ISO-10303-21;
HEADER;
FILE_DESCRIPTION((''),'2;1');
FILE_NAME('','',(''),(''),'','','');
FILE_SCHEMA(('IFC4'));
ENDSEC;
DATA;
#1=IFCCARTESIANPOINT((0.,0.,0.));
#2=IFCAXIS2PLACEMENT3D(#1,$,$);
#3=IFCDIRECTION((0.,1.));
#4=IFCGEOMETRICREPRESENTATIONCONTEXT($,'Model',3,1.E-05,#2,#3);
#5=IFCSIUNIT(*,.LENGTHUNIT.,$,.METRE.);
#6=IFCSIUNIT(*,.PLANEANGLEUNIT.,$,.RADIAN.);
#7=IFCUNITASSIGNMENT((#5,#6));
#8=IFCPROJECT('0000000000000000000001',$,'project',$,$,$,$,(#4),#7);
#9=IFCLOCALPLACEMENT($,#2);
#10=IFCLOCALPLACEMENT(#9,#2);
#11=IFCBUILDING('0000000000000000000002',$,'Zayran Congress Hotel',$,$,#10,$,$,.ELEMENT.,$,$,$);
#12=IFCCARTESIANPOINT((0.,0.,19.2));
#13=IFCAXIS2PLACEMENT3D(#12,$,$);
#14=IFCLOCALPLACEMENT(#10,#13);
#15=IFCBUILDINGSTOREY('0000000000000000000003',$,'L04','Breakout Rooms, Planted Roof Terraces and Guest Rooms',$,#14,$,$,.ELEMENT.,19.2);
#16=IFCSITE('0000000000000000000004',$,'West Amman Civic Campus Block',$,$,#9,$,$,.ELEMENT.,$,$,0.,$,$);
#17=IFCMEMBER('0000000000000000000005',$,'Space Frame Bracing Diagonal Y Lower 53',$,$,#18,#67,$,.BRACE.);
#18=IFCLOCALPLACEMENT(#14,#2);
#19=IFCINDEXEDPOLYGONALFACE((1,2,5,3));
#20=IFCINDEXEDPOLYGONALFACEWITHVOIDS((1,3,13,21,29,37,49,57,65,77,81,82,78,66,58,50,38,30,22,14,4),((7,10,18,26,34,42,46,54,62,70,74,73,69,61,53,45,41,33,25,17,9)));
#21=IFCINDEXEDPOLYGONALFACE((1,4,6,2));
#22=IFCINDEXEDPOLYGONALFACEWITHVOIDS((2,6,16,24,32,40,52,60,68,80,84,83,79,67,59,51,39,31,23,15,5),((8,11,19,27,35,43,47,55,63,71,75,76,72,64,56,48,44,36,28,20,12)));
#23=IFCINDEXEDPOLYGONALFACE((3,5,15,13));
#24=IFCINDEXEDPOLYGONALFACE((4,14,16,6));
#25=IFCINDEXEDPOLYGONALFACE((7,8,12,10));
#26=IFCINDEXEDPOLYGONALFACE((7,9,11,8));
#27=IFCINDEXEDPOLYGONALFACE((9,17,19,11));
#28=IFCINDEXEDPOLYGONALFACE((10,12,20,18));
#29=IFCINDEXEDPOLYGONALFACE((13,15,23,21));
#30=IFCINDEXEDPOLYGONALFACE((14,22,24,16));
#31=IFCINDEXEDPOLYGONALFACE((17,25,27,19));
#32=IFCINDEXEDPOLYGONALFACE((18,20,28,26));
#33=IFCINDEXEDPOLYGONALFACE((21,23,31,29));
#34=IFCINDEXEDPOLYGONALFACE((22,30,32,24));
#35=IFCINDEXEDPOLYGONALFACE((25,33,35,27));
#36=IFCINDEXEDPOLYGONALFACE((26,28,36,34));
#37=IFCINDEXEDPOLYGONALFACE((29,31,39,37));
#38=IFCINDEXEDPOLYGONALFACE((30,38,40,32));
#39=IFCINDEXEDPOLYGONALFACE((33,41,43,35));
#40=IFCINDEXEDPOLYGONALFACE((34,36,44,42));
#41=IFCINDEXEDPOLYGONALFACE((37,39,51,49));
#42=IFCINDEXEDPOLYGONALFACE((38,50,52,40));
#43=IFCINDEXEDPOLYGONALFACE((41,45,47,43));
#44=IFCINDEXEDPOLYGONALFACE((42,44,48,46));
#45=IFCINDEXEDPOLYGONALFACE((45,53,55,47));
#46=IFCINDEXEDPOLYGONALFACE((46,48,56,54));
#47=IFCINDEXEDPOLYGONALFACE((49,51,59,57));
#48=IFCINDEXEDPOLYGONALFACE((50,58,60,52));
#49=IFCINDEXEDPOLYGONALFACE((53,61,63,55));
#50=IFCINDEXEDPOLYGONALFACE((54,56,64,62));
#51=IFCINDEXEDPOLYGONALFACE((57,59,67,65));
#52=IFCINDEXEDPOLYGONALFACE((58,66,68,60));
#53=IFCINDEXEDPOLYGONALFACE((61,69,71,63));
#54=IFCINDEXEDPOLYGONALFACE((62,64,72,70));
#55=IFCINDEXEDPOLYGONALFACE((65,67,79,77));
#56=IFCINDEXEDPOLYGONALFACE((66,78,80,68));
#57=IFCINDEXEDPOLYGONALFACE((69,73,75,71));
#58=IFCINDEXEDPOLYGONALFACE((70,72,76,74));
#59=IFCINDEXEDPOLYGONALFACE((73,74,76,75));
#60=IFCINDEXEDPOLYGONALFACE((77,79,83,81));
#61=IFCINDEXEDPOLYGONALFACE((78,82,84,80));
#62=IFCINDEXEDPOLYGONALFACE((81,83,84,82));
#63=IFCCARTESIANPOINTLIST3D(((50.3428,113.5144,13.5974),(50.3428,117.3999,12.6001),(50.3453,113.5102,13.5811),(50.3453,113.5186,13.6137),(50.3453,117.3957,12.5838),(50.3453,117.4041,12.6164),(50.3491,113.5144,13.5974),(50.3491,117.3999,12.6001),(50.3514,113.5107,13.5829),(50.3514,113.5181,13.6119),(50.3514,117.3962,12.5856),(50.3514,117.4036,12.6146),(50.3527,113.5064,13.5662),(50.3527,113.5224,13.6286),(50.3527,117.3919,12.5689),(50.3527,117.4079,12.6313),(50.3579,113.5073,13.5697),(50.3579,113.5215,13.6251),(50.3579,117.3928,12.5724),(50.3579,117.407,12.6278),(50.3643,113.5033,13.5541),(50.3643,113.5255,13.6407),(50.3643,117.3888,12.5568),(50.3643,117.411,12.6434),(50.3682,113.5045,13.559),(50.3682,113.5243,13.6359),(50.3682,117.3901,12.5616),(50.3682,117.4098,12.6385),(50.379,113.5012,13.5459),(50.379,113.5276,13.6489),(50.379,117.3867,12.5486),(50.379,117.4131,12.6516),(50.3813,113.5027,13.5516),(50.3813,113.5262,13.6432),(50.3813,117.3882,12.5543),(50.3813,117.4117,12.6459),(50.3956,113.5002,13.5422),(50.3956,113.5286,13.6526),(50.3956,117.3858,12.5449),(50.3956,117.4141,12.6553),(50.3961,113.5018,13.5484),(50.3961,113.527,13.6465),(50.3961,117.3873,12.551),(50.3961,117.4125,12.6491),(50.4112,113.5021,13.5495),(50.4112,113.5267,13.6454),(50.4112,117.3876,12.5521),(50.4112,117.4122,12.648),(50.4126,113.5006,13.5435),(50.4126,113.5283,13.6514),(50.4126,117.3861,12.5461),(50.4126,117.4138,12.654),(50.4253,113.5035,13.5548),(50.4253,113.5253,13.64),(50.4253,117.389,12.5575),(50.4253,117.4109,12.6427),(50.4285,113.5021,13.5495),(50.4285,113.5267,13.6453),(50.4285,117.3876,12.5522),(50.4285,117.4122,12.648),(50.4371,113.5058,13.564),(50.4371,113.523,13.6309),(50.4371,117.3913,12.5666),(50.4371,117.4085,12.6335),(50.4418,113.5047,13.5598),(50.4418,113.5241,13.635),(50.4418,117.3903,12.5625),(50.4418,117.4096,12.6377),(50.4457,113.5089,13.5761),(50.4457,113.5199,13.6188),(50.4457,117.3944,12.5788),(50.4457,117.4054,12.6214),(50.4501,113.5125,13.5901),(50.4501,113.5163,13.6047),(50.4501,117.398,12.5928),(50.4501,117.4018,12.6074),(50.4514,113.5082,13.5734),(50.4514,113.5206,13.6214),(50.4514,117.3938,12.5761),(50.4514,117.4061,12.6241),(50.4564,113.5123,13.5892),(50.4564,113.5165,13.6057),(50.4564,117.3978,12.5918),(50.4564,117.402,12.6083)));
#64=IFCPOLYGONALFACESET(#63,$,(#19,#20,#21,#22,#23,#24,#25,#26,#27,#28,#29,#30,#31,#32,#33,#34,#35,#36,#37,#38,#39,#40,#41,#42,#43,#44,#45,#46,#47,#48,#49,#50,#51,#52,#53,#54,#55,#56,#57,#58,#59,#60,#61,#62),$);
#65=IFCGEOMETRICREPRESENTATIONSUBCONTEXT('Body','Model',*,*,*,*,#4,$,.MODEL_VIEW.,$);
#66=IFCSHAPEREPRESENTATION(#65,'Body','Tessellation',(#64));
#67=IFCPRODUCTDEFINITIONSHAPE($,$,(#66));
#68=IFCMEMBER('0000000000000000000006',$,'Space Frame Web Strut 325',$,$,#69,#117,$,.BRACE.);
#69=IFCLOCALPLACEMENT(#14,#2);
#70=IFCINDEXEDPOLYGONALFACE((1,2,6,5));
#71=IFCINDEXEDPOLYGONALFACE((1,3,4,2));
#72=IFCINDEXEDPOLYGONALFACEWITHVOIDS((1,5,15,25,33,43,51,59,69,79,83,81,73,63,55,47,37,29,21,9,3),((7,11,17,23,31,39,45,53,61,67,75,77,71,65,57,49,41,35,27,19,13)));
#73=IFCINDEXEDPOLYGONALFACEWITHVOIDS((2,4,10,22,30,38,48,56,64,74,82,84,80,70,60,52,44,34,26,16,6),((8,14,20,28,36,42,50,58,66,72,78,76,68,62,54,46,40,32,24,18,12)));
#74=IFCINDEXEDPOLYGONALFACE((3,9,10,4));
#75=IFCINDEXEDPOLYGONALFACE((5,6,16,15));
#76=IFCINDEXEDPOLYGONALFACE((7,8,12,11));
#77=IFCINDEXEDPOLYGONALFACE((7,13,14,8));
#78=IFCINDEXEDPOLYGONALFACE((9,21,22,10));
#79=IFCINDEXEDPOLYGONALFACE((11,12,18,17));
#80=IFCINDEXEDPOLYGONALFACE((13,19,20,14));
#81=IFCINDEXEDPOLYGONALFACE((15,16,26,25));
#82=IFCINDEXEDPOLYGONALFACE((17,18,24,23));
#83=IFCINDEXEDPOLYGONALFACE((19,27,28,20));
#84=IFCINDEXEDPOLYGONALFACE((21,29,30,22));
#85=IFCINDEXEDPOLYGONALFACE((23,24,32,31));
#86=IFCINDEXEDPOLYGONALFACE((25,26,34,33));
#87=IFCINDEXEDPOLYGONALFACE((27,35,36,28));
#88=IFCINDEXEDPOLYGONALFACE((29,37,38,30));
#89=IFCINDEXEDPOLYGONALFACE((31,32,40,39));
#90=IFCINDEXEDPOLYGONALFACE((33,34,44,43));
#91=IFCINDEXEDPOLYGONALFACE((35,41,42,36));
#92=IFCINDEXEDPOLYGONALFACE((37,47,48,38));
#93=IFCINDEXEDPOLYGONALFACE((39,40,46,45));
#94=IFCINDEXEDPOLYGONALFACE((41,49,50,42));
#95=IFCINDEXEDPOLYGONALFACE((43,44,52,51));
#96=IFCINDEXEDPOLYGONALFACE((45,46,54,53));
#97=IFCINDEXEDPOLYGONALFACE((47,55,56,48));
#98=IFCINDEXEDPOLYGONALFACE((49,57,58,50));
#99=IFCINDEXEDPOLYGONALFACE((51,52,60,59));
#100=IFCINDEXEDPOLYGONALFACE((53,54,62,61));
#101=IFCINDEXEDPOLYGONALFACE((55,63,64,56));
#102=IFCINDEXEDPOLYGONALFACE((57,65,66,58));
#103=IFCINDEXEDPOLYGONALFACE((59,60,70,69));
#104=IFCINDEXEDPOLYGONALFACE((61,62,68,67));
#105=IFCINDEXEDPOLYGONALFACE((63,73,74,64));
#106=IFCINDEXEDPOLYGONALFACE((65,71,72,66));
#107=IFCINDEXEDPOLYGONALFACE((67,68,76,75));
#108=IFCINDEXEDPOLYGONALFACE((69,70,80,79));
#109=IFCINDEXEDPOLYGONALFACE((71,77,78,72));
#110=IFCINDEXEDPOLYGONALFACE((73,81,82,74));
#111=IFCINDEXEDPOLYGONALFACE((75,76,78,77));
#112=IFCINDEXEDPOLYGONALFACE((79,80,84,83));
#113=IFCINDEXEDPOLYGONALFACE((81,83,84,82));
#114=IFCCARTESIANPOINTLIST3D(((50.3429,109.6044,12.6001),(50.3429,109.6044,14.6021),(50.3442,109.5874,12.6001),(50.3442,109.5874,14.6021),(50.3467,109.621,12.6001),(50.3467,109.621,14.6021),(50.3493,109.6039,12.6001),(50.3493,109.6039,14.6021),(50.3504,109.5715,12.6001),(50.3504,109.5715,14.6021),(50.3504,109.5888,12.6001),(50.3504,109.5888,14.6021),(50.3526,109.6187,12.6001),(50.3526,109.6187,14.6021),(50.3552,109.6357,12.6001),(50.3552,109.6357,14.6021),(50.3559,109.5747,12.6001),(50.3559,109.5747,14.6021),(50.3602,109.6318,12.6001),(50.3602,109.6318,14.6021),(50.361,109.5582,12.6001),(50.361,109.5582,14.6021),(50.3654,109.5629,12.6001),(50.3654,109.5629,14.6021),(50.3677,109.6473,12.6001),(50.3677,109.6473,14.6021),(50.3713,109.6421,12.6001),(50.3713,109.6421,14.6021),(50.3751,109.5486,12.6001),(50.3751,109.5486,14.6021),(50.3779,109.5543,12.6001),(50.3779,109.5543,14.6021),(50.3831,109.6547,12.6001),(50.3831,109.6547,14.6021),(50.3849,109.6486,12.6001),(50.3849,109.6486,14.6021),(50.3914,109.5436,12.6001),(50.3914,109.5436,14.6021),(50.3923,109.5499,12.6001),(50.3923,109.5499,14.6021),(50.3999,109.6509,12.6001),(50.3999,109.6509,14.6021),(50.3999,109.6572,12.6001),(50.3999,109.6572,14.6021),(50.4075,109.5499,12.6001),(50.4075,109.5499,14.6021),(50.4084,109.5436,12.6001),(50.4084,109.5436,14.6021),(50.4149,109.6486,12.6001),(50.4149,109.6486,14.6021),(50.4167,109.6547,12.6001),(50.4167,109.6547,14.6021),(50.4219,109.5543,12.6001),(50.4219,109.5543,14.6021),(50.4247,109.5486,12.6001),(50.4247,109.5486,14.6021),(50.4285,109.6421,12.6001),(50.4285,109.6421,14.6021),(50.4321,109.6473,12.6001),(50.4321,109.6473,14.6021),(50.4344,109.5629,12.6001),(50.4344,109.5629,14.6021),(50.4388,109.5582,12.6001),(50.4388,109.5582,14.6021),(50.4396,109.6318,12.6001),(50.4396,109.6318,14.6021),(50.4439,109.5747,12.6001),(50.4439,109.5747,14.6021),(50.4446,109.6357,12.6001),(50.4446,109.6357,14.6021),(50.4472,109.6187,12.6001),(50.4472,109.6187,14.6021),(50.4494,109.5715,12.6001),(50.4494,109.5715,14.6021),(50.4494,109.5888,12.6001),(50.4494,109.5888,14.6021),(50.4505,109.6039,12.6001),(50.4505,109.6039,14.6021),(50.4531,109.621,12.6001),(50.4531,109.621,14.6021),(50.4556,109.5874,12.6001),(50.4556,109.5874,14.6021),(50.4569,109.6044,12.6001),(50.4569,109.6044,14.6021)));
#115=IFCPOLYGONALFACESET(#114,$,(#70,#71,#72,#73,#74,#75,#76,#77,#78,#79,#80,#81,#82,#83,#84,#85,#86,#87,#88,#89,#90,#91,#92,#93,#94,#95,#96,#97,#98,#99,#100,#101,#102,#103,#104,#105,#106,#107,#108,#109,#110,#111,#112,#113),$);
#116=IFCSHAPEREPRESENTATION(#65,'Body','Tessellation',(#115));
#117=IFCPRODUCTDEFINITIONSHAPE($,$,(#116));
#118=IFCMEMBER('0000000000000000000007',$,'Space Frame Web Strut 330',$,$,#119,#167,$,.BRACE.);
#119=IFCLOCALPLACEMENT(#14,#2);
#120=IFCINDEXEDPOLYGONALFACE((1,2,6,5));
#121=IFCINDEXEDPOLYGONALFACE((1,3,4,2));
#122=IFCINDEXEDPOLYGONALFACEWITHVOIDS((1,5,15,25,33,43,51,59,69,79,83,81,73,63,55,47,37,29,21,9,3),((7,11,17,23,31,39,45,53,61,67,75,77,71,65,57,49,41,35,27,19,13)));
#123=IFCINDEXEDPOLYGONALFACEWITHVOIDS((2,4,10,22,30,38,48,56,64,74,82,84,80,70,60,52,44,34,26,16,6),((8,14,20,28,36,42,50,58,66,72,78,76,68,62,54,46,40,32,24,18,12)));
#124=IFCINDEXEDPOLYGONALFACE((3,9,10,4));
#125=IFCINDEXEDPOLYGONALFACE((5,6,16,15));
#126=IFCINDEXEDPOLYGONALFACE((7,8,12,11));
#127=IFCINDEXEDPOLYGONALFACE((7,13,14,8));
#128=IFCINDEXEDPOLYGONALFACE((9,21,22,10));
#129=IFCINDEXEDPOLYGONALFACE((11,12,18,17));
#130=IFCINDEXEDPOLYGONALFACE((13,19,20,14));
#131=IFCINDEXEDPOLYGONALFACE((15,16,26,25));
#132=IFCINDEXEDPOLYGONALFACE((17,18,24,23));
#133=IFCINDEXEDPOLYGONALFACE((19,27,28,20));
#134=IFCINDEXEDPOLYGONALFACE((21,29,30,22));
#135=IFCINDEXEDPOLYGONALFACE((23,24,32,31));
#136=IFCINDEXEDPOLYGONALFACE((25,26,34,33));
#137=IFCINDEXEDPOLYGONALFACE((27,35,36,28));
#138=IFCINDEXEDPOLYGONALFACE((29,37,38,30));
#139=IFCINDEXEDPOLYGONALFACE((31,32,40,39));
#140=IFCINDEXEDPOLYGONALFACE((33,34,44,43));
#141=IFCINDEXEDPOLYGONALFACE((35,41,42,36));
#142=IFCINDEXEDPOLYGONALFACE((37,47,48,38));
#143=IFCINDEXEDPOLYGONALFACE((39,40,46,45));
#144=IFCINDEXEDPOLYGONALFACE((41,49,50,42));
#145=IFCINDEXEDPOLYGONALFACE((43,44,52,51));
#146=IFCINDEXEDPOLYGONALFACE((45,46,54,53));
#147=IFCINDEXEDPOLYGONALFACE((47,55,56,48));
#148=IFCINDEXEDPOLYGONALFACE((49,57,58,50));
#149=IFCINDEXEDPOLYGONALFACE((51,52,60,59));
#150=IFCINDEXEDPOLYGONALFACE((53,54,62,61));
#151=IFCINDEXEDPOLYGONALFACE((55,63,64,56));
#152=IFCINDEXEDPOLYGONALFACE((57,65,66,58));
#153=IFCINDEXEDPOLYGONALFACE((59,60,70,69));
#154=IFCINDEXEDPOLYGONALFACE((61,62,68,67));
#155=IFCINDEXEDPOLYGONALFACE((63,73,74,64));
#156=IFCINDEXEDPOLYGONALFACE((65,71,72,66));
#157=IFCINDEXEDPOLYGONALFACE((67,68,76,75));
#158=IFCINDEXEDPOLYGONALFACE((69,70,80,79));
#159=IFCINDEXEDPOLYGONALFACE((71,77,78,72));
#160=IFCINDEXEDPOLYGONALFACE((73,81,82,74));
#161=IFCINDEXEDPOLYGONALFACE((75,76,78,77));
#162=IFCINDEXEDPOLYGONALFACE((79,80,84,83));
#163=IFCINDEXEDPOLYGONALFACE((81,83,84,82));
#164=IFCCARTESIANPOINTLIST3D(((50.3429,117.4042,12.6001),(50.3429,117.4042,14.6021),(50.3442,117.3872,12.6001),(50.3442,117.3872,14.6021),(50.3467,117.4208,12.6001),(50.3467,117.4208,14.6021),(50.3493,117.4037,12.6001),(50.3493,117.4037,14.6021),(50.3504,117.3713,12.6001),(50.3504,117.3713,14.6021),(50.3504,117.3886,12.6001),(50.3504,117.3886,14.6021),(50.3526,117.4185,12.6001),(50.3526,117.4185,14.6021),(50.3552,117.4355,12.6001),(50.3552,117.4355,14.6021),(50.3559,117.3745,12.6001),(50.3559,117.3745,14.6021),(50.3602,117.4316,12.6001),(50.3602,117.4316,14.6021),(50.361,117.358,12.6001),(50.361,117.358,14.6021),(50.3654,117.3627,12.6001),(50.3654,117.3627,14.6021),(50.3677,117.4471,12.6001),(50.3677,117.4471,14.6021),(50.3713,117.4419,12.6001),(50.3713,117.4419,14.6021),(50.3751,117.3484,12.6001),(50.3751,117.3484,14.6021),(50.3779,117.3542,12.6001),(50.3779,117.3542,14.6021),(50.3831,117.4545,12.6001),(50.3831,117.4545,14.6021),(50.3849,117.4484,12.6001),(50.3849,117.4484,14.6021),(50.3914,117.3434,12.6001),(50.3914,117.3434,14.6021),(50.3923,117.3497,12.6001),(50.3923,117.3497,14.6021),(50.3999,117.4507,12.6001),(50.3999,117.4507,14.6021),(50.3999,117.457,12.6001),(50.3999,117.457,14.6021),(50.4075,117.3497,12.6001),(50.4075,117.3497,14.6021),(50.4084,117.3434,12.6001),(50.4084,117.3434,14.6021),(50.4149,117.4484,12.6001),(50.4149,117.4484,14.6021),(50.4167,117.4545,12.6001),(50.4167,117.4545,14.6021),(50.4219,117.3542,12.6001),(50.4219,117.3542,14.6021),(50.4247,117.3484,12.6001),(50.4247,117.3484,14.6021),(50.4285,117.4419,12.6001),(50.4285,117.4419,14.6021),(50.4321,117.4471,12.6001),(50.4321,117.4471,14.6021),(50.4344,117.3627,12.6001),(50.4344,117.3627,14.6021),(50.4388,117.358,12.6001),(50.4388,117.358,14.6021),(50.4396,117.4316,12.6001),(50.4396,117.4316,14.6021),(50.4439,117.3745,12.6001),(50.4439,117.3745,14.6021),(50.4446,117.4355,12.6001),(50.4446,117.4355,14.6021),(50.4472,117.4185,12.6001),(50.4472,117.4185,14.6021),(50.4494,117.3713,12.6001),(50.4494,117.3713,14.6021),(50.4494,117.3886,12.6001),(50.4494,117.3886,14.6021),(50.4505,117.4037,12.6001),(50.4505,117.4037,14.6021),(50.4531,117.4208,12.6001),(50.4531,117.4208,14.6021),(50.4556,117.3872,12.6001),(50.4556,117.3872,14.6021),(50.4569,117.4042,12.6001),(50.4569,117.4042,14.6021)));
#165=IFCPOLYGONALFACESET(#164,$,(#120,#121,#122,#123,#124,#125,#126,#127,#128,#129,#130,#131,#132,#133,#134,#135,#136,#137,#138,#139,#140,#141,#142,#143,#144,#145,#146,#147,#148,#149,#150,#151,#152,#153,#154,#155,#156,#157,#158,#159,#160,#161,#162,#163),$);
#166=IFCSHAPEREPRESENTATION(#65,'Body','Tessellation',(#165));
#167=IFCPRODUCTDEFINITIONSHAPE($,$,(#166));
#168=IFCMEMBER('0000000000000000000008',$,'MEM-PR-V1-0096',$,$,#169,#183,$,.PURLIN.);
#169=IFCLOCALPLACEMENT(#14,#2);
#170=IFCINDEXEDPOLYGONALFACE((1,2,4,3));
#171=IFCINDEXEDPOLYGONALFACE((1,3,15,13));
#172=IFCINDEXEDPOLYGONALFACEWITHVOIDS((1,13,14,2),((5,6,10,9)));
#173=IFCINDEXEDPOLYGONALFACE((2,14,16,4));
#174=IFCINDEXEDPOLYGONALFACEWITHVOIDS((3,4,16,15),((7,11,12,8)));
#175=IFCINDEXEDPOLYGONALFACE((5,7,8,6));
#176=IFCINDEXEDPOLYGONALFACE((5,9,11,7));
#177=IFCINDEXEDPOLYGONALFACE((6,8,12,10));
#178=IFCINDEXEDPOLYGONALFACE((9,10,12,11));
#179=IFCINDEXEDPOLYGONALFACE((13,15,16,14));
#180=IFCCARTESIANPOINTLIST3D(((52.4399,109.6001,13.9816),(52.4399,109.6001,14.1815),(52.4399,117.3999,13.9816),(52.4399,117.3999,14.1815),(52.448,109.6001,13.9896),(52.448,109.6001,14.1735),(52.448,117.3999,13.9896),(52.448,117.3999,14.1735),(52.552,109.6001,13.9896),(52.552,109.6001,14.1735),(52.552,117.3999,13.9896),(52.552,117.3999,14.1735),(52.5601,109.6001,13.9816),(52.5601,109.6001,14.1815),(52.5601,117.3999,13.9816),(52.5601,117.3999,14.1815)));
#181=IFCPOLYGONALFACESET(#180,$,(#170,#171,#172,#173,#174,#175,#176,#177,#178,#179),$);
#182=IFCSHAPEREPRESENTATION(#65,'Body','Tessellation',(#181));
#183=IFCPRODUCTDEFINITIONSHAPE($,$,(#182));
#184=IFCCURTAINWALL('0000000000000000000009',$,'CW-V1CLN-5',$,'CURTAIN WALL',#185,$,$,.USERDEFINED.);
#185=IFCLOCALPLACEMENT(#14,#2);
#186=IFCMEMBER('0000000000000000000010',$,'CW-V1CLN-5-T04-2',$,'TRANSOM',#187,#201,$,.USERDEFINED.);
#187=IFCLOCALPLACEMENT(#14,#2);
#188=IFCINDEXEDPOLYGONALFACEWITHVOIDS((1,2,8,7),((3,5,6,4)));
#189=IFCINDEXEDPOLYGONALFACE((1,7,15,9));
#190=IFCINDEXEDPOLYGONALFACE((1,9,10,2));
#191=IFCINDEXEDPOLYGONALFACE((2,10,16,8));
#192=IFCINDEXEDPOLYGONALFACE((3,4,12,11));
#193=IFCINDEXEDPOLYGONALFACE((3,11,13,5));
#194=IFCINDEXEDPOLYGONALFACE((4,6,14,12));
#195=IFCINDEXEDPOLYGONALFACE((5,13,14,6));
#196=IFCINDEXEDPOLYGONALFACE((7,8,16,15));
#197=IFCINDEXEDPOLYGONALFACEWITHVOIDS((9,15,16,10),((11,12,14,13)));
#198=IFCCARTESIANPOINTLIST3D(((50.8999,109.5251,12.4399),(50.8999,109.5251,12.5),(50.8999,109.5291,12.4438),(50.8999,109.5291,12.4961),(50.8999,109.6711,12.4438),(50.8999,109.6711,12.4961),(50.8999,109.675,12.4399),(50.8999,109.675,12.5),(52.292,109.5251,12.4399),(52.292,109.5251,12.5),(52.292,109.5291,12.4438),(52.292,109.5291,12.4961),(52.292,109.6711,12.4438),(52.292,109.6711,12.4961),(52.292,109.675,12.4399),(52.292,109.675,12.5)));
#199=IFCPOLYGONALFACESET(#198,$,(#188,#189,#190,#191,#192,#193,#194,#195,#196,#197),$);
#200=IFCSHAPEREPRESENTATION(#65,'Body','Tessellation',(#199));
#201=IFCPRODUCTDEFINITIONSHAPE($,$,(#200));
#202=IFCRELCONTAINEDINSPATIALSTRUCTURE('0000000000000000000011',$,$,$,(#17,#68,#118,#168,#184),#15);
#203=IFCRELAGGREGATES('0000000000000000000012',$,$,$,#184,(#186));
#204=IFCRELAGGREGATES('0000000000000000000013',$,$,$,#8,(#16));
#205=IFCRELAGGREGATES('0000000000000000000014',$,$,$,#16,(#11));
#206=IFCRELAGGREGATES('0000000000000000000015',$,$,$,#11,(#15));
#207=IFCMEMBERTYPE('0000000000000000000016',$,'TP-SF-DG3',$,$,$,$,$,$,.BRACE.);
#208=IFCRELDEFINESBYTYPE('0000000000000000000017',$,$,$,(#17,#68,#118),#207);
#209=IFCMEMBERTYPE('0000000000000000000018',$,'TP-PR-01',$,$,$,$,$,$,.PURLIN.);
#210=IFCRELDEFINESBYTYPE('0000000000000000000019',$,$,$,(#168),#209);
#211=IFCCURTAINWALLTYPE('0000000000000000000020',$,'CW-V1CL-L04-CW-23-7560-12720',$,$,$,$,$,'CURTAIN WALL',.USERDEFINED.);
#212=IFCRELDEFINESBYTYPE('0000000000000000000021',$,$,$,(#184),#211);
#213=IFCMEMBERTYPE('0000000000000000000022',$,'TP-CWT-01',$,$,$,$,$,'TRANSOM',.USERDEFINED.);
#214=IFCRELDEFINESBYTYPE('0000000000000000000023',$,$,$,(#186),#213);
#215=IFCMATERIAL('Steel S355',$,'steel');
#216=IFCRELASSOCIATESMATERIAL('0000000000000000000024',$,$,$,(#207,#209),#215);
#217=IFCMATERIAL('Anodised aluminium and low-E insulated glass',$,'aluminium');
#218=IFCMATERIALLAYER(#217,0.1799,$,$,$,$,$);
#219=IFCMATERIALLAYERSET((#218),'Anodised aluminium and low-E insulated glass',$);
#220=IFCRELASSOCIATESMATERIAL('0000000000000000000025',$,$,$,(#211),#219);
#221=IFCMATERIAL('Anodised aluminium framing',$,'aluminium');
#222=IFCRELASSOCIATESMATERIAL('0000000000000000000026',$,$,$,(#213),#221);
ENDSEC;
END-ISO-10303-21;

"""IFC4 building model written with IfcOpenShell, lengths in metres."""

from ifc_helpers import new_model, si_unit, direction, frame, origin, origin_2d, place, context, subcontext, project, spatial, hollow_rectangle, hollow_circle, extrude, material, layer, layer_set, material_profile, profile_set, type_object, element, aggregate, save


model = new_model("IFC4")

# Units and contexts
model_context = context("Model", 3, precision=1e-05, world=origin(), true_north=direction((0.0, 1.0)))
body_context = subcontext(model_context, "Body", "Model", "MODEL_VIEW")
ifc_project = project(units=[si_unit("LENGTHUNIT", "METRE"), si_unit("PLANEANGLEUNIT", "RADIAN")], contexts=[model_context])

# Site, building, storey
site_placement = place(None, origin())
site = spatial("IfcSite", under=ifc_project, at=site_placement, Name="West Amman Civic Campus Block", CompositionType="ELEMENT", RefElevation=0.0)
building_placement = place(site_placement, origin())
building = spatial("IfcBuilding", under=site, at=building_placement, Name="Zayran Congress Hotel", CompositionType="ELEMENT")
storey_placement = place(building_placement, frame((0.0, 0.0, 19.2)))
storey = spatial("IfcBuildingStorey", under=building, at=storey_placement, Name="L04", Description="Breakout Rooms, Planted Roof Terraces and Guest Rooms", CompositionType="ELEMENT", Elevation=19.2)

# Members
ifc_material_1 = material(Name="Steel S355", Category="steel")
ifc_material_profile_1 = material_profile(ifc_material_1, hollow_circle(Radius=0.0571, WallThickness=0.0063, at=origin_2d()), Name="CHS 114.3x6.3")
ifc_profile_set_1 = profile_set([ifc_material_profile_1], Name="Steel S355")
member_type_1 = type_object("IfcMemberType", Name="TP-SF-DG3", PredefinedType="BRACE", material=ifc_profile_set_1)
for number, where, z_axis, x_axis, name in (
    (1, (50.3999, 113.5144, 13.5974), (0.0, 0.968602, -0.248617), (-1.0, 0.0, 0.0), "Space Frame Bracing Diagonal Y Lower 53"),
):
    element("IfcMember", number, at=place(storey_placement, frame(where, z_axis=z_axis, x_axis=x_axis)), inside=storey, type_object=member_type_1, Name=name, PredefinedType="BRACE", context=body_context, shape_type="SweptSolid", body=[
        extrude(hollow_circle(Radius=0.0571, WallThickness=0.0063, at=origin_2d()), origin(), (0.0, 0.0, 1.0), 4.0115),
    ])
for number, where, z_axis, x_axis, name in (
    (2, (50.3999, 109.6001, 12.6001), (0.0, 0.0, 1.0), (0.0, 1.0, 0.0), "Space Frame Web Strut 325"),
    (3, (50.3999, 117.3999, 12.6001), (0.0, 0.0, 1.0), (0.0, 1.0, 0.0), "Space Frame Web Strut 330"),
):
    element("IfcMember", number, at=place(storey_placement, frame(where, z_axis=z_axis, x_axis=x_axis)), inside=storey, type_object=member_type_1, Name=name, PredefinedType="BRACE", context=body_context, shape_type="SweptSolid", body=[
        extrude(hollow_circle(Radius=0.0571, WallThickness=0.0063, at=origin_2d()), origin(), (0.0, 0.0, 1.0), 2.002),
    ])
ifc_material_profile_2 = material_profile(ifc_material_1, hollow_rectangle(XDim=0.1201, YDim=0.2, WallThickness=0.0081, at=origin_2d()), Name="RHS 200x120x8")
ifc_profile_set_2 = profile_set([ifc_material_profile_2], Name="Steel S355")
member_type_2 = type_object("IfcMemberType", Name="TP-PR-01", PredefinedType="PURLIN", material=ifc_profile_set_2)
member_1_placement = place(storey_placement, frame((52.5, 109.6001, 14.0815), z_axis=(0.0, 1.0, 0.0), x_axis=(-1.0, 0.0, 0.0)))
element("IfcMember", 4, at=member_1_placement, inside=storey, type_object=member_type_2, Name="MEM-PR-V1-0096", PredefinedType="PURLIN", context=body_context, shape_type="SweptSolid", body=[
    extrude(hollow_rectangle(XDim=0.1201, YDim=0.2, WallThickness=0.0081, at=origin_2d()), origin(), (0.0, 0.0, 1.0), 7.7998),
])

# Curtain wall, member
ifc_material_2 = material(Name="Anodised aluminium and low-E insulated glass", Category="aluminium")
ifc_layer_1 = layer(ifc_material_2, 0.1799)
ifc_layer_set_1 = layer_set([ifc_layer_1], Name="Anodised aluminium and low-E insulated glass")
curtain_wall_type = type_object("IfcCurtainWallType", Name="CW-V1CL-L04-CW-23-7560-12720", ElementType="CURTAIN WALL", PredefinedType="USERDEFINED", material=ifc_layer_set_1)
curtain_wall_placement = place(storey_placement, origin())
curtain_wall = element("IfcCurtainWall", 5, at=curtain_wall_placement, inside=storey, type_object=curtain_wall_type, Name="CW-V1CLN-5", ObjectType="CURTAIN WALL", PredefinedType="USERDEFINED")
ifc_material_3 = material(Name="Anodised aluminium framing", Category="aluminium")
ifc_material_profile_3 = material_profile(ifc_material_3, hollow_rectangle(XDim=0.0601, YDim=0.1499, WallThickness=0.0039, at=origin_2d()), Name="RHS 150x60x4")
ifc_profile_set_3 = profile_set([ifc_material_profile_3], Name="Anodised aluminium framing")
member_type_3 = type_object("IfcMemberType", Name="TP-CWT-01", ElementType="TRANSOM", PredefinedType="USERDEFINED", material=ifc_profile_set_3)
member_2_placement = place(storey_placement, frame((52.292, 109.6001, 12.47), z_axis=(-1.0, 0.0, 0.0), x_axis=(0.0, 0.0, 1.0)))
member_2 = element("IfcMember", 6, at=member_2_placement, type_object=member_type_3, Name="CW-V1CLN-5-T04-2", ObjectType="TRANSOM", PredefinedType="USERDEFINED", context=body_context, shape_type="SweptSolid", body=[
    extrude(hollow_rectangle(XDim=0.0601, YDim=0.1499, WallThickness=0.0039, at=origin_2d()), origin(), (0.0, 0.0, 1.0), 1.3921),
])
aggregate(curtain_wall, [member_2])

save(model, "model.ifc")
